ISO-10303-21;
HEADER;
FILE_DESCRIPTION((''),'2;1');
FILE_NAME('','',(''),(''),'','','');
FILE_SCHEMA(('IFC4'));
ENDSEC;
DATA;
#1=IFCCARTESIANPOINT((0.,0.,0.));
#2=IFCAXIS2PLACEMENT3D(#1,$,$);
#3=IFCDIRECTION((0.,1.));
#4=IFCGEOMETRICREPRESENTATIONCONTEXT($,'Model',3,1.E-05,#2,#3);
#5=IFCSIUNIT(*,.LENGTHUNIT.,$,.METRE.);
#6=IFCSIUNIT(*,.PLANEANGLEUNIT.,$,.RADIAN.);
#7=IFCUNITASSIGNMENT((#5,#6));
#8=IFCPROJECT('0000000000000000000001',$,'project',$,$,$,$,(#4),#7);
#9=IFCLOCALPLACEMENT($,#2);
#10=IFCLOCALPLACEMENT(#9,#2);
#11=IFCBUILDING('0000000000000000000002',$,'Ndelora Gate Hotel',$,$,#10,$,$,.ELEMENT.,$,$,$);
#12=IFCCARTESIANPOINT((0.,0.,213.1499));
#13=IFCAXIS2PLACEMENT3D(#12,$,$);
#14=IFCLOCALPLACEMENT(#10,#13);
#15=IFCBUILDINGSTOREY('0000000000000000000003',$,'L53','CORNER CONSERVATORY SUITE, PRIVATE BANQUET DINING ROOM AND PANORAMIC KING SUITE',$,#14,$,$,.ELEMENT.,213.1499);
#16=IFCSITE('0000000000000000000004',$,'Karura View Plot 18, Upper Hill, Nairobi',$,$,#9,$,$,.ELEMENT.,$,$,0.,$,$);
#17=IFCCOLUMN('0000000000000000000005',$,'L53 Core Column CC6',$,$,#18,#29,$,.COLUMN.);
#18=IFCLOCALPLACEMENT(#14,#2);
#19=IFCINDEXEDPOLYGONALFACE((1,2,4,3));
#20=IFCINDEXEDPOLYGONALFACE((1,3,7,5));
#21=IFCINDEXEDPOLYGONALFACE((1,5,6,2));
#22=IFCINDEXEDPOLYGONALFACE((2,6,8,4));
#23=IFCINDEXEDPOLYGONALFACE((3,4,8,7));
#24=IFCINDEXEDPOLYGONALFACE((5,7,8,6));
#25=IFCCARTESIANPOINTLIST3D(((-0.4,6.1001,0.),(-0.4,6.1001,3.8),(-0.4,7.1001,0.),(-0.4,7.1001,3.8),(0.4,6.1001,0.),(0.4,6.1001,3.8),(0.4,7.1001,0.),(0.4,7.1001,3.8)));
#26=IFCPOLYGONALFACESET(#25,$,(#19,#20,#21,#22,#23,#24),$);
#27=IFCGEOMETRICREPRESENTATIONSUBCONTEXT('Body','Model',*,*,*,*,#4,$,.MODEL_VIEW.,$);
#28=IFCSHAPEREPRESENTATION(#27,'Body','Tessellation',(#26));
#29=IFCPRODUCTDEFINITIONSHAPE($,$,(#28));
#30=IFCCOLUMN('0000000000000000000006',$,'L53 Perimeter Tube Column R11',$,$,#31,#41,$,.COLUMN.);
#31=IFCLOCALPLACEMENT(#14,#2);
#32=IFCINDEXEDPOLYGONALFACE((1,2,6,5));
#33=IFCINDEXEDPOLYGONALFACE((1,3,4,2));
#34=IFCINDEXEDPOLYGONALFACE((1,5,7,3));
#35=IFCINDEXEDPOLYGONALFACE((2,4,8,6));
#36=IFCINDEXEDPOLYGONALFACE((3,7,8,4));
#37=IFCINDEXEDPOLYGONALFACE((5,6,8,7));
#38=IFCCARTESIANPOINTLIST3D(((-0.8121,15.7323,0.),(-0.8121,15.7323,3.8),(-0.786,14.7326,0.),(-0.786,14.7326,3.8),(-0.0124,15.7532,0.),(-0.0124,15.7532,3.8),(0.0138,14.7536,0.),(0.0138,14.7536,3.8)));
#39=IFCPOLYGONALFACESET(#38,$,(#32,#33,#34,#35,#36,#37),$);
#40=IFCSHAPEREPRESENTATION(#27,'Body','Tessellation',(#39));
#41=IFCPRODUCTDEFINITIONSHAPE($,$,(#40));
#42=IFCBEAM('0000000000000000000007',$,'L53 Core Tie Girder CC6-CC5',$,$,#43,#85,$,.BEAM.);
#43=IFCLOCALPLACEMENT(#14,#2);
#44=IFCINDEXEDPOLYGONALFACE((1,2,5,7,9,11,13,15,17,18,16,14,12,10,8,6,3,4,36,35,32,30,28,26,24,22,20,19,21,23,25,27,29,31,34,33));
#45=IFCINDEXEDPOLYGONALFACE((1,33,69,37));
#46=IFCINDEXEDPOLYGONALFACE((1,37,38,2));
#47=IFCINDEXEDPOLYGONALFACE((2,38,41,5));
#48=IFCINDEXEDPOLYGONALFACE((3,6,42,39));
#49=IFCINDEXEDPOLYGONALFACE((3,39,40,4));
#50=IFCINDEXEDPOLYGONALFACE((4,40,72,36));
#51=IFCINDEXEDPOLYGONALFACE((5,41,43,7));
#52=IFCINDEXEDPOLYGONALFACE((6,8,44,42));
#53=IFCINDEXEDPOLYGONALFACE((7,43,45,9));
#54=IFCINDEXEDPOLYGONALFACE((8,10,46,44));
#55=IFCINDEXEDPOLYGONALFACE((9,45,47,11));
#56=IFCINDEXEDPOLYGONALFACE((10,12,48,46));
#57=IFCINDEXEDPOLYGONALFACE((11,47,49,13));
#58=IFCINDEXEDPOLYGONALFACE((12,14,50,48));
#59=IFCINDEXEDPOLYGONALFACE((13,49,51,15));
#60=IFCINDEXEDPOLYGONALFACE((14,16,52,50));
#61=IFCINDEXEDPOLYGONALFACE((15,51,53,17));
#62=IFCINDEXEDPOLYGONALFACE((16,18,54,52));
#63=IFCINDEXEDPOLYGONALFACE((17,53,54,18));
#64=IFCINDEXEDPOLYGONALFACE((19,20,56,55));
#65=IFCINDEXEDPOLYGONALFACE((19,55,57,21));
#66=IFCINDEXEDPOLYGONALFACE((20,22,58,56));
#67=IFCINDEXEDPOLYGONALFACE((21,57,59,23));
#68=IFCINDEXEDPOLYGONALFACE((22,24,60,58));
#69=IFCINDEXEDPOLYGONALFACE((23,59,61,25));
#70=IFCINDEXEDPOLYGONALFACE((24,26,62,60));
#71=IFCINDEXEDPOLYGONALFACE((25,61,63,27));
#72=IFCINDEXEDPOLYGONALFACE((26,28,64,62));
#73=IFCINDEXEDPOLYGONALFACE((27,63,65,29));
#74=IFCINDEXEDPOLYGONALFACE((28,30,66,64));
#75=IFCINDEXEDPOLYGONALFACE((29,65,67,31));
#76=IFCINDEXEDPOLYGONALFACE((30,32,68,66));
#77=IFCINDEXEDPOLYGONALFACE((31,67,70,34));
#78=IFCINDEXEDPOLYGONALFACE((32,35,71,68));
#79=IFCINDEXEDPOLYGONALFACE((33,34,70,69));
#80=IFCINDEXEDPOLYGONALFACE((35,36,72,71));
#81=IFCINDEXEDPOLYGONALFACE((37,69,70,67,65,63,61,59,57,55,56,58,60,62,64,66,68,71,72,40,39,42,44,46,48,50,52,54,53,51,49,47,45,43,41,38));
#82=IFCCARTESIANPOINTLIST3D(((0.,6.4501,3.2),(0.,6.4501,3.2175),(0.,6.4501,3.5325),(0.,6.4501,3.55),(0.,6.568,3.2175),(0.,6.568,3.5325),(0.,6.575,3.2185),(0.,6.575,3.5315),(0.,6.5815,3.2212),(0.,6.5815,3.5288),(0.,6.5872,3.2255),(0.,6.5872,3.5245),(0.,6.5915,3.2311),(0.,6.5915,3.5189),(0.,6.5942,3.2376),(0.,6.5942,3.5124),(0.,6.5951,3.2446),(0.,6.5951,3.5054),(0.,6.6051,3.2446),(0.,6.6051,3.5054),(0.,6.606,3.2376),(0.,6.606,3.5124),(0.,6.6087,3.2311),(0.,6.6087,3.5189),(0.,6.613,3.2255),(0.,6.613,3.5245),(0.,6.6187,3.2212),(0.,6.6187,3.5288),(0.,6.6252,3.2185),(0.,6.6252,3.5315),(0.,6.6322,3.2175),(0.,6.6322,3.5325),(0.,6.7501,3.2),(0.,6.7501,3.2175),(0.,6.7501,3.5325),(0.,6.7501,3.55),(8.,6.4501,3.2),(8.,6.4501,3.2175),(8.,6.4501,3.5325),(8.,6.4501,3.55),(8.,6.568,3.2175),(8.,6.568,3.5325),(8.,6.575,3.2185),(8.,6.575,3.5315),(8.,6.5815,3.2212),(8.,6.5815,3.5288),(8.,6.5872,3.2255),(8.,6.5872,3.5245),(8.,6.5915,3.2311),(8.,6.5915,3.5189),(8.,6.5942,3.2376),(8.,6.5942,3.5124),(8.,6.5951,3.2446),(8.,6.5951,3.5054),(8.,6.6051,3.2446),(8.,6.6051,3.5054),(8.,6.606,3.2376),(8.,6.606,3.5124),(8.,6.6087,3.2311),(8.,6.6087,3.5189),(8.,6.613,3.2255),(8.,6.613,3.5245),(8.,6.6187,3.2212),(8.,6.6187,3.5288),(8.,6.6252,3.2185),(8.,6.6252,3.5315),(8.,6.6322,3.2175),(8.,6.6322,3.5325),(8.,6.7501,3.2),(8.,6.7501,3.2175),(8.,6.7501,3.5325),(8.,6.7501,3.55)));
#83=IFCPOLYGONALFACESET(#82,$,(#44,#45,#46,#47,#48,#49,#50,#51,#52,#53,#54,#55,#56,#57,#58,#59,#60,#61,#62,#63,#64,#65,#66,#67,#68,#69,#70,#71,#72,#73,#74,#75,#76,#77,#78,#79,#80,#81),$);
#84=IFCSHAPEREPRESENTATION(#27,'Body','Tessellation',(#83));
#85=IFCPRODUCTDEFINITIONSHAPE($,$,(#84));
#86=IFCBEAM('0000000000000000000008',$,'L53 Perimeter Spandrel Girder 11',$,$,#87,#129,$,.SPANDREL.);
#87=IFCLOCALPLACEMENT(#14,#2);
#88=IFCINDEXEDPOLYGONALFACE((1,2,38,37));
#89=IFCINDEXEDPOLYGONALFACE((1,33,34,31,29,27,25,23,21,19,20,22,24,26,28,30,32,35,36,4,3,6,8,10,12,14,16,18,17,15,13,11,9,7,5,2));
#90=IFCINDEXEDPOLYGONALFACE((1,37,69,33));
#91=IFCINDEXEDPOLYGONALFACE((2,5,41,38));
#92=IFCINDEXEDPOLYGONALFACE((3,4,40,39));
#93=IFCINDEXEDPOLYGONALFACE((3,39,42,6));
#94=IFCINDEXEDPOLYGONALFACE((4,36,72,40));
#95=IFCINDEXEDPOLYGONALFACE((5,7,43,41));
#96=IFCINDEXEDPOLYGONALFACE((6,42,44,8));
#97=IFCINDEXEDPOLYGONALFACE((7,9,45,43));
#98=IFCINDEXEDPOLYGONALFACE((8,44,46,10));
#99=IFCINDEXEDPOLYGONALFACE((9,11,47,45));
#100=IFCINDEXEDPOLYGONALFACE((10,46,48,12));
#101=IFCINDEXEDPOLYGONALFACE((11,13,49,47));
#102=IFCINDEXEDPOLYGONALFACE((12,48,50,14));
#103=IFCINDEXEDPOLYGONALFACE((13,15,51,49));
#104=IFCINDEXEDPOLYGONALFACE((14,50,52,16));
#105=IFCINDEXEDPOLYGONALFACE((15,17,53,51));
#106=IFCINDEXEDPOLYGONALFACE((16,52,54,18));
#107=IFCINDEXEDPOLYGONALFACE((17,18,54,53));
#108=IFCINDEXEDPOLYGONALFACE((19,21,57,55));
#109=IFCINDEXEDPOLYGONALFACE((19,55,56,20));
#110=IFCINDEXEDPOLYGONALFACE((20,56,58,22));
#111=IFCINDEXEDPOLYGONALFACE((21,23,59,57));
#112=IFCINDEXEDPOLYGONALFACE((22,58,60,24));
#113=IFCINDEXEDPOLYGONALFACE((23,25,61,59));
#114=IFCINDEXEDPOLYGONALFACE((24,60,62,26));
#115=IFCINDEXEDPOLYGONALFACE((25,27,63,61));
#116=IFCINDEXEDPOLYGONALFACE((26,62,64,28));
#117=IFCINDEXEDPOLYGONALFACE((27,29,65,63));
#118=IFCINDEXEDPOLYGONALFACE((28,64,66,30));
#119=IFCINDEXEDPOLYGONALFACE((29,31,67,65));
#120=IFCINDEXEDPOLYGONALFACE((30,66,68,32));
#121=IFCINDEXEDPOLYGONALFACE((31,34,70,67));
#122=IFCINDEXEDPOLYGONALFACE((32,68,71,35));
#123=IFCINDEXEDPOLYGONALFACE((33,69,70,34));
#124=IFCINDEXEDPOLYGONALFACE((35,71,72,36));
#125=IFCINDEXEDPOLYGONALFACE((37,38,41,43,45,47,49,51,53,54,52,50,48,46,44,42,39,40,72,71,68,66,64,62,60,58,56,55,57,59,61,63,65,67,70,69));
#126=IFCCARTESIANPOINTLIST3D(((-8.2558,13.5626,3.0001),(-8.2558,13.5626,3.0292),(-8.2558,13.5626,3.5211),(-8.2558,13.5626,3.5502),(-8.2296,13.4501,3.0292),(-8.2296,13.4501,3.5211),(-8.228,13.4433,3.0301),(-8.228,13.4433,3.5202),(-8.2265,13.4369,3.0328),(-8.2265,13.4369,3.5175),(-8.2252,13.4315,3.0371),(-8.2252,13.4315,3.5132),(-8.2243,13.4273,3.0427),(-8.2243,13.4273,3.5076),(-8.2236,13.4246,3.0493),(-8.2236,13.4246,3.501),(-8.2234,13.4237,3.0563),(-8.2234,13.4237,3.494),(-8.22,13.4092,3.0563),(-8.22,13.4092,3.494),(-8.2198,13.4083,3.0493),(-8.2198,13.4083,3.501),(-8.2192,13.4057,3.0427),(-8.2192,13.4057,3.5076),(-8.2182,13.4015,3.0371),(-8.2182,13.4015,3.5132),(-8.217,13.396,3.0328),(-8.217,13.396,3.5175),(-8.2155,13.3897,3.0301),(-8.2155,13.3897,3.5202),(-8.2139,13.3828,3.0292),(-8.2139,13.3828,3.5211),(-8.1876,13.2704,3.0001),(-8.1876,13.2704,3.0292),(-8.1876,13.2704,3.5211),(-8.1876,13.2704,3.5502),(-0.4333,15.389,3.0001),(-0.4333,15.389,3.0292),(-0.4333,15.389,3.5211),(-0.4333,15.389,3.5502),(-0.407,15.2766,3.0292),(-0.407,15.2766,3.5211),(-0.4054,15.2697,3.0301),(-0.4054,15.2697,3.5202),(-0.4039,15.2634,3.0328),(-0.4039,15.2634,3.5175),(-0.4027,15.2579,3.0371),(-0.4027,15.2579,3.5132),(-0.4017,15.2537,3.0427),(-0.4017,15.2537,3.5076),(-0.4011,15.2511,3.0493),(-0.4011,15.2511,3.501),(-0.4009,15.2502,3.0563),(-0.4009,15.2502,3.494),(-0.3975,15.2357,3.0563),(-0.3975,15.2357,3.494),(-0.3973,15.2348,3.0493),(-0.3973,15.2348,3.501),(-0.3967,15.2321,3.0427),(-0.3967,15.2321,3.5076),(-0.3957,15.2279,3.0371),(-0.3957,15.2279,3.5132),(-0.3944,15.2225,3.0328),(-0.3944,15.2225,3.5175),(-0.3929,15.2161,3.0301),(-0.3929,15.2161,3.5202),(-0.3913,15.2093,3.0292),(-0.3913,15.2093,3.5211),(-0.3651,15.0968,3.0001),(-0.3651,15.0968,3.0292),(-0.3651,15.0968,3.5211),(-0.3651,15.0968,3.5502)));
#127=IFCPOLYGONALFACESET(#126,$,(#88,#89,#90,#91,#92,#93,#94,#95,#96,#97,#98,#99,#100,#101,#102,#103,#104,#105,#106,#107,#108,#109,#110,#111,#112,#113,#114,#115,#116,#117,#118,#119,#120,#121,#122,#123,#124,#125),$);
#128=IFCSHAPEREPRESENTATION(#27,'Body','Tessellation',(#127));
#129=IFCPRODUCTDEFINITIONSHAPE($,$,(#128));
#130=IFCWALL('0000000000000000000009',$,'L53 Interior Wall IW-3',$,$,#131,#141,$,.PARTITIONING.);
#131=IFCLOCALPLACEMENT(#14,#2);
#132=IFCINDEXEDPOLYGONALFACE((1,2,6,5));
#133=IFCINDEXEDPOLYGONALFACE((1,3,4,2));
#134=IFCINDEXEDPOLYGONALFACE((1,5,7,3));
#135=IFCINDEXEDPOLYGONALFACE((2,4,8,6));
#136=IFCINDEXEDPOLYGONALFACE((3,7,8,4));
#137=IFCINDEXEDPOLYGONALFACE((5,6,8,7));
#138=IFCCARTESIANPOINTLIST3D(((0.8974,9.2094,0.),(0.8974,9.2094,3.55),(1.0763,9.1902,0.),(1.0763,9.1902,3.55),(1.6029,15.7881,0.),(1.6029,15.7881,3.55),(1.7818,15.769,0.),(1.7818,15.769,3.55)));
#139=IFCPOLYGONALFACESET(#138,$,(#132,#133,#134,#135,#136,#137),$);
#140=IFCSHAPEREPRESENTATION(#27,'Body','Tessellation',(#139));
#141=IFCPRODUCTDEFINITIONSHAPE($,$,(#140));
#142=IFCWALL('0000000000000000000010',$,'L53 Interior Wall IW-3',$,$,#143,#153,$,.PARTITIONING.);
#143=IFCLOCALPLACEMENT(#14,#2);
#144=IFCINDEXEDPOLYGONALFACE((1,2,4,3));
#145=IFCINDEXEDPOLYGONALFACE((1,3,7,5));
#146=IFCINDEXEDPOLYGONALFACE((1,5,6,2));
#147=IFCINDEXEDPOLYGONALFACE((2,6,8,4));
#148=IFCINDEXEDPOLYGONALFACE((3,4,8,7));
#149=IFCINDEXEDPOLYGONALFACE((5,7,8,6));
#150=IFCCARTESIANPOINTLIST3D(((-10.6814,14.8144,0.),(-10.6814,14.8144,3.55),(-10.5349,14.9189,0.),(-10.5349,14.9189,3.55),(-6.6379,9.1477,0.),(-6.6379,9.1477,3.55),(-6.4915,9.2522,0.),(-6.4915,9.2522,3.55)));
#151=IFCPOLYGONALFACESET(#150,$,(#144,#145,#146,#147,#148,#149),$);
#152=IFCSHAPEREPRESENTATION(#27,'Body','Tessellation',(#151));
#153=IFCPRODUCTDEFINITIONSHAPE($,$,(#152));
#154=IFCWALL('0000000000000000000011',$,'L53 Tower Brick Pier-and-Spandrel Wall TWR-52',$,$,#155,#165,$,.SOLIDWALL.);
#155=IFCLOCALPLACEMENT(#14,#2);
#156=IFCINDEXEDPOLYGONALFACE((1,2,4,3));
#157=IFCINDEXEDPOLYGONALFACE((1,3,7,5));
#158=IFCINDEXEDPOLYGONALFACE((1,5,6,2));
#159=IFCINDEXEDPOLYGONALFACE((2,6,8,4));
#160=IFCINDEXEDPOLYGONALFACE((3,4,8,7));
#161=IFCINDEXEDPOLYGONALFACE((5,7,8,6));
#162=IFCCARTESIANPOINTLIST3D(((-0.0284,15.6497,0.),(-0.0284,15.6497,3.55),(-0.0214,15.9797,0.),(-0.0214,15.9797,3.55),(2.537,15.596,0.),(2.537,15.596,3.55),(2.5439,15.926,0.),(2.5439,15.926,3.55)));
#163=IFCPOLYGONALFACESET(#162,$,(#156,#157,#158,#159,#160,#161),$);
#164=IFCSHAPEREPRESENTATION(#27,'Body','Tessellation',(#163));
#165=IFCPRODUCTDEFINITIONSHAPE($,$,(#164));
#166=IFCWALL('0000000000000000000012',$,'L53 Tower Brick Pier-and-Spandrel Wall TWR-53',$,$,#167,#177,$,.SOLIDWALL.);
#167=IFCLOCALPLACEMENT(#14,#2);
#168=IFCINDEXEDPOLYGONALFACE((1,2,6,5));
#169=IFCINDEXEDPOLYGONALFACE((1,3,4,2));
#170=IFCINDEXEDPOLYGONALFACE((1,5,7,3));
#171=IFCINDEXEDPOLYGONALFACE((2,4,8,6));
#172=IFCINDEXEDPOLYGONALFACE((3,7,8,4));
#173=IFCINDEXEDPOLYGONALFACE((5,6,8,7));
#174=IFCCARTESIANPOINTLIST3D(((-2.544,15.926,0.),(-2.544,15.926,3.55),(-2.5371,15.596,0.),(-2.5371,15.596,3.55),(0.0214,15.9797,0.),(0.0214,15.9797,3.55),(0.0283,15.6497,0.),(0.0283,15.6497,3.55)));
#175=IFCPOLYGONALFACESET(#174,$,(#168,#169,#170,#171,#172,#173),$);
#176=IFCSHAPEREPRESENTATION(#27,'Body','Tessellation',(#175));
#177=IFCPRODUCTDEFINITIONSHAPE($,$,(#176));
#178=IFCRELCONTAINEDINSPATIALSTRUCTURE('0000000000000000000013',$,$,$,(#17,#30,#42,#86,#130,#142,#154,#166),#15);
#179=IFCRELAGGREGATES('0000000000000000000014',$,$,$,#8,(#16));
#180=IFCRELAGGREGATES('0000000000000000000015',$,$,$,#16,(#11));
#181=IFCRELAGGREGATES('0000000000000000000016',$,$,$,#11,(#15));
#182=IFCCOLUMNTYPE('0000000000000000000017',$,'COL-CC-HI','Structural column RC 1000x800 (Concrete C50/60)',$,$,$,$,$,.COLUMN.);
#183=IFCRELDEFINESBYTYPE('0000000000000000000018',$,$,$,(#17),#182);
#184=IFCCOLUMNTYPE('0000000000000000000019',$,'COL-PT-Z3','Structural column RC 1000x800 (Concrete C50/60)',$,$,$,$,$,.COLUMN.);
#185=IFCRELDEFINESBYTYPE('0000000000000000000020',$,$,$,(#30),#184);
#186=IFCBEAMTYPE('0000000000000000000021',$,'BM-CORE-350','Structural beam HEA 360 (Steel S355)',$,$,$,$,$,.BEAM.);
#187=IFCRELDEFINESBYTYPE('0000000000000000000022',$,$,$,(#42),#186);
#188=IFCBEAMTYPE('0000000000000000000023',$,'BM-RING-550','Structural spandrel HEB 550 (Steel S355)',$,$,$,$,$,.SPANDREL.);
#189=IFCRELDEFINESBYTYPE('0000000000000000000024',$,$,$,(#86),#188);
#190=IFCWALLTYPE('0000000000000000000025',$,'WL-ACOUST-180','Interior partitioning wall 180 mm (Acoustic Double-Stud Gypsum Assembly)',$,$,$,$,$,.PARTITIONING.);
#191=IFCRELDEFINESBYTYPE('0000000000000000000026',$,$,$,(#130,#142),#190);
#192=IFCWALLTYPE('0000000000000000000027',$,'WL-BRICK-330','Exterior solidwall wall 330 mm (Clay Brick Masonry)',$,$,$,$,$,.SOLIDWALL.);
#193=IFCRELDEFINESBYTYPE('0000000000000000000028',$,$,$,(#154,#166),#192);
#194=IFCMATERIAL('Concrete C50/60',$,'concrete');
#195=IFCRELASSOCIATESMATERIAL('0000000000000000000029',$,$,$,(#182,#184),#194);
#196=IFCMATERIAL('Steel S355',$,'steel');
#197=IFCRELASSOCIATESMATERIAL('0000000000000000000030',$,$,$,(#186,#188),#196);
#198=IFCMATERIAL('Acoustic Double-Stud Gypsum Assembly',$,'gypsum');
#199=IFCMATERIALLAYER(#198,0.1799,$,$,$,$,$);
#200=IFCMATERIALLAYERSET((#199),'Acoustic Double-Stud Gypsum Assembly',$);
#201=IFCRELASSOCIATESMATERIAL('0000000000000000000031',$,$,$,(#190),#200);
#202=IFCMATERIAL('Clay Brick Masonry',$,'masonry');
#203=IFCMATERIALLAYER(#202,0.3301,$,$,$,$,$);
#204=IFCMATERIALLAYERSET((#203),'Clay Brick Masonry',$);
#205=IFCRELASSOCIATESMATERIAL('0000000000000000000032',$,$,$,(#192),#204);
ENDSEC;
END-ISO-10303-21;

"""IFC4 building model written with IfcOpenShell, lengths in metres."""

from ifc_helpers import new_model, si_unit, direction, frame, frame_2d, origin, origin_2d, place, context, subcontext, project, spatial, rectangle, i_section, extrude, material, layer, layer_set, material_profile, profile_set, type_object, element, save


model = new_model("IFC4")

# Units and contexts
model_context = context("Model", 3, precision=1e-05, world=origin(), true_north=direction((0.0, 1.0)))
body_context = subcontext(model_context, "Body", "Model", "MODEL_VIEW")
ifc_project = project(units=[si_unit("LENGTHUNIT", "METRE"), si_unit("PLANEANGLEUNIT", "RADIAN")], contexts=[model_context])

# Site, building, storey
site_placement = place(None, origin())
site = spatial("IfcSite", under=ifc_project, at=site_placement, Name="Karura View Plot 18, Upper Hill, Nairobi", CompositionType="ELEMENT", RefElevation=0.0)
building_placement = place(site_placement, origin())
building = spatial("IfcBuilding", under=site, at=building_placement, Name="Ndelora Gate Hotel", CompositionType="ELEMENT")
storey_placement = place(building_placement, frame((0.0, 0.0, 213.1499)))
storey = spatial("IfcBuildingStorey", under=building, at=storey_placement, Name="L53", Description="CORNER CONSERVATORY SUITE, PRIVATE BANQUET DINING ROOM AND PANORAMIC KING SUITE", CompositionType="ELEMENT", Elevation=213.1499)

# Columns
ifc_material_1 = material(Name="Concrete C50/60", Category="concrete")
ifc_material_profile_1 = material_profile(ifc_material_1, rectangle(XDim=0.8, YDim=1.0, at=origin_2d()), Name="RC 1000x800")
ifc_profile_set_1 = profile_set([ifc_material_profile_1], Name="Concrete C50/60")
column_type_1 = type_object("IfcColumnType", Name="COL-CC-HI", Description="Structural column RC 1000x800 (Concrete C50/60)", PredefinedType="COLUMN", material=ifc_profile_set_1)
column_1_placement = place(storey_placement, frame((0.0, 6.6001, 0.0), z_axis=(0.0, 0.0, 1.0), x_axis=(1.0, 0.0, 0.0)))
element("IfcColumn", 1, at=column_1_placement, inside=storey, type_object=column_type_1, Name="L53 Core Column CC6", PredefinedType="COLUMN", context=body_context, shape_type="SweptSolid", body=[
    extrude(rectangle(XDim=0.8, YDim=1.0, at=origin_2d()), origin(), (0.0, 0.0, 1.0), 3.8),
])
ifc_material_profile_2 = material_profile(ifc_material_1, rectangle(XDim=0.8, YDim=1.0, at=origin_2d()), Name="RC 1000x800")
ifc_profile_set_2 = profile_set([ifc_material_profile_2], Name="Concrete C50/60")
column_type_2 = type_object("IfcColumnType", Name="COL-PT-Z3", Description="Structural column RC 1000x800 (Concrete C50/60)", PredefinedType="COLUMN", material=ifc_profile_set_2)
column_2_placement = place(storey_placement, frame((-0.3992, 15.2429, 0.0), z_axis=(0.0, 0.0, 1.0), x_axis=(0.999657, 0.026177, 0.0)))
element("IfcColumn", 2, at=column_2_placement, inside=storey, type_object=column_type_2, Name="L53 Perimeter Tube Column R11", PredefinedType="COLUMN", context=body_context, shape_type="SweptSolid", body=[
    extrude(rectangle(XDim=0.8, YDim=1.0, at=origin_2d()), origin(), (0.0, 0.0, 1.0), 3.8),
])

# Beams
ifc_material_2 = material(Name="Steel S355", Category="steel")
ifc_material_profile_3 = material_profile(ifc_material_2, i_section(OverallWidth=0.3, OverallDepth=0.3501, WebThickness=0.01, FlangeThickness=0.0176, FilletRadius=0.0271, at=origin_2d()), Name="HEA 360")
ifc_profile_set_3 = profile_set([ifc_material_profile_3], Name="Steel S355")
beam_type_1 = type_object("IfcBeamType", Name="BM-CORE-350", Description="Structural beam HEA 360 (Steel S355)", PredefinedType="BEAM", material=ifc_profile_set_3)
beam_1_placement = place(storey_placement, frame((0.0, 6.6001, 3.375), z_axis=(1.0, 0.0, 0.0), x_axis=(0.0, 1.0, 0.0)))
element("IfcBeam", 3, at=beam_1_placement, inside=storey, type_object=beam_type_1, Name="L53 Core Tie Girder CC6-CC5", PredefinedType="BEAM", context=body_context, shape_type="SweptSolid", body=[
    extrude(i_section(OverallWidth=0.3, OverallDepth=0.3501, WebThickness=0.01, FlangeThickness=0.0176, FilletRadius=0.0271, at=origin_2d()), origin(), (0.0, 0.0, 1.0), 8.0),
])
ifc_material_profile_4 = material_profile(ifc_material_2, i_section(OverallWidth=0.3, OverallDepth=0.55, WebThickness=0.0149, FlangeThickness=0.0291, FilletRadius=0.0271, at=origin_2d()), Name="HEB 550")
ifc_profile_set_4 = profile_set([ifc_material_profile_4], Name="Steel S355")
beam_type_2 = type_object("IfcBeamType", Name="BM-RING-550", Description="Structural spandrel HEB 550 (Steel S355)", PredefinedType="SPANDREL", material=ifc_profile_set_4)
beam_2_placement = place(storey_placement, frame((-0.3992, 15.2429, 3.2751), z_axis=(-0.973809, -0.227367, 0.0), x_axis=(0.227367, -0.973809, 0.0)))
element("IfcBeam", 4, at=beam_2_placement, inside=storey, type_object=beam_type_2, Name="L53 Perimeter Spandrel Girder 11", PredefinedType="SPANDREL", context=body_context, shape_type="SweptSolid", body=[
    extrude(i_section(OverallWidth=0.3, OverallDepth=0.55, WebThickness=0.0149, FlangeThickness=0.0291, FilletRadius=0.0271, at=origin_2d()), origin(), (0.0, 0.0, 1.0), 8.033),
])

# Walls
ifc_material_3 = material(Name="Acoustic Double-Stud Gypsum Assembly", Category="gypsum")
ifc_layer_1 = layer(ifc_material_3, 0.1799)
ifc_layer_set_1 = layer_set([ifc_layer_1], Name="Acoustic Double-Stud Gypsum Assembly")
wall_type_1 = type_object("IfcWallType", Name="WL-ACOUST-180", Description="Interior partitioning wall 180 mm (Acoustic Double-Stud Gypsum Assembly)", PredefinedType="PARTITIONING", material=ifc_layer_set_1)
wall_1_placement = place(storey_placement, frame((0.9868, 9.2, 0.0), z_axis=(0.0, 0.0, 1.0), x_axis=(0.10664, 0.994298, 0.0)))
element("IfcWall", 5, at=wall_1_placement, inside=storey, type_object=wall_type_1, Name="L53 Interior Wall IW-3", PredefinedType="PARTITIONING", context=body_context, shape_type="SweptSolid", body=[
    extrude(rectangle(XDim=6.6165, YDim=0.1799, at=frame_2d((3.3081, 0.0))), origin(), (0.0, 0.0, 1.0), 3.55),
])
wall_2_placement = place(storey_placement, frame((-6.5647, 9.2, 0.0), z_axis=(0.0, 0.0, 1.0), x_axis=(-0.580837, 0.81402, 0.0)))
element("IfcWall", 6, at=wall_2_placement, inside=storey, type_object=wall_type_1, Name="L53 Interior Wall IW-3", PredefinedType="PARTITIONING", context=body_context, shape_type="SweptSolid", body=[
    extrude(rectangle(XDim=6.9614, YDim=0.1799, at=frame_2d((3.4807, 0.0))), origin(), (0.0, 0.0, 1.0), 3.55),
])
ifc_material_4 = material(Name="Clay Brick Masonry", Category="masonry")
ifc_layer_2 = layer(ifc_material_4, 0.3301)
ifc_layer_set_2 = layer_set([ifc_layer_2], Name="Clay Brick Masonry")
wall_type_2 = type_object("IfcWallType", Name="WL-BRICK-330", Description="Exterior solidwall wall 330 mm (Clay Brick Masonry)", PredefinedType="SOLIDWALL", material=ifc_layer_set_2)
for number, where, z_axis, x_axis, name in (
    (7, (-0.0249, 15.8147, 0.0), (0.0, 0.0, 1.0), (0.999781, -0.020932, 0.0), "L53 Tower Brick Pier-and-Spandrel Wall TWR-52"),
    (8, (-2.5405, 15.761, 0.0), (0.0, 0.0, 1.0), (0.999781, 0.020932, 0.0), "L53 Tower Brick Pier-and-Spandrel Wall TWR-53"),
):
    element("IfcWall", number, at=place(storey_placement, frame(where, z_axis=z_axis, x_axis=x_axis)), inside=storey, type_object=wall_type_2, Name=name, PredefinedType="SOLIDWALL", context=body_context, shape_type="SweptSolid", body=[
        extrude(rectangle(XDim=2.5659, YDim=0.3301, at=frame_2d((1.283, 0.0))), origin(), (0.0, 0.0, 1.0), 3.55),
    ])

save(model, "model.ifc")
